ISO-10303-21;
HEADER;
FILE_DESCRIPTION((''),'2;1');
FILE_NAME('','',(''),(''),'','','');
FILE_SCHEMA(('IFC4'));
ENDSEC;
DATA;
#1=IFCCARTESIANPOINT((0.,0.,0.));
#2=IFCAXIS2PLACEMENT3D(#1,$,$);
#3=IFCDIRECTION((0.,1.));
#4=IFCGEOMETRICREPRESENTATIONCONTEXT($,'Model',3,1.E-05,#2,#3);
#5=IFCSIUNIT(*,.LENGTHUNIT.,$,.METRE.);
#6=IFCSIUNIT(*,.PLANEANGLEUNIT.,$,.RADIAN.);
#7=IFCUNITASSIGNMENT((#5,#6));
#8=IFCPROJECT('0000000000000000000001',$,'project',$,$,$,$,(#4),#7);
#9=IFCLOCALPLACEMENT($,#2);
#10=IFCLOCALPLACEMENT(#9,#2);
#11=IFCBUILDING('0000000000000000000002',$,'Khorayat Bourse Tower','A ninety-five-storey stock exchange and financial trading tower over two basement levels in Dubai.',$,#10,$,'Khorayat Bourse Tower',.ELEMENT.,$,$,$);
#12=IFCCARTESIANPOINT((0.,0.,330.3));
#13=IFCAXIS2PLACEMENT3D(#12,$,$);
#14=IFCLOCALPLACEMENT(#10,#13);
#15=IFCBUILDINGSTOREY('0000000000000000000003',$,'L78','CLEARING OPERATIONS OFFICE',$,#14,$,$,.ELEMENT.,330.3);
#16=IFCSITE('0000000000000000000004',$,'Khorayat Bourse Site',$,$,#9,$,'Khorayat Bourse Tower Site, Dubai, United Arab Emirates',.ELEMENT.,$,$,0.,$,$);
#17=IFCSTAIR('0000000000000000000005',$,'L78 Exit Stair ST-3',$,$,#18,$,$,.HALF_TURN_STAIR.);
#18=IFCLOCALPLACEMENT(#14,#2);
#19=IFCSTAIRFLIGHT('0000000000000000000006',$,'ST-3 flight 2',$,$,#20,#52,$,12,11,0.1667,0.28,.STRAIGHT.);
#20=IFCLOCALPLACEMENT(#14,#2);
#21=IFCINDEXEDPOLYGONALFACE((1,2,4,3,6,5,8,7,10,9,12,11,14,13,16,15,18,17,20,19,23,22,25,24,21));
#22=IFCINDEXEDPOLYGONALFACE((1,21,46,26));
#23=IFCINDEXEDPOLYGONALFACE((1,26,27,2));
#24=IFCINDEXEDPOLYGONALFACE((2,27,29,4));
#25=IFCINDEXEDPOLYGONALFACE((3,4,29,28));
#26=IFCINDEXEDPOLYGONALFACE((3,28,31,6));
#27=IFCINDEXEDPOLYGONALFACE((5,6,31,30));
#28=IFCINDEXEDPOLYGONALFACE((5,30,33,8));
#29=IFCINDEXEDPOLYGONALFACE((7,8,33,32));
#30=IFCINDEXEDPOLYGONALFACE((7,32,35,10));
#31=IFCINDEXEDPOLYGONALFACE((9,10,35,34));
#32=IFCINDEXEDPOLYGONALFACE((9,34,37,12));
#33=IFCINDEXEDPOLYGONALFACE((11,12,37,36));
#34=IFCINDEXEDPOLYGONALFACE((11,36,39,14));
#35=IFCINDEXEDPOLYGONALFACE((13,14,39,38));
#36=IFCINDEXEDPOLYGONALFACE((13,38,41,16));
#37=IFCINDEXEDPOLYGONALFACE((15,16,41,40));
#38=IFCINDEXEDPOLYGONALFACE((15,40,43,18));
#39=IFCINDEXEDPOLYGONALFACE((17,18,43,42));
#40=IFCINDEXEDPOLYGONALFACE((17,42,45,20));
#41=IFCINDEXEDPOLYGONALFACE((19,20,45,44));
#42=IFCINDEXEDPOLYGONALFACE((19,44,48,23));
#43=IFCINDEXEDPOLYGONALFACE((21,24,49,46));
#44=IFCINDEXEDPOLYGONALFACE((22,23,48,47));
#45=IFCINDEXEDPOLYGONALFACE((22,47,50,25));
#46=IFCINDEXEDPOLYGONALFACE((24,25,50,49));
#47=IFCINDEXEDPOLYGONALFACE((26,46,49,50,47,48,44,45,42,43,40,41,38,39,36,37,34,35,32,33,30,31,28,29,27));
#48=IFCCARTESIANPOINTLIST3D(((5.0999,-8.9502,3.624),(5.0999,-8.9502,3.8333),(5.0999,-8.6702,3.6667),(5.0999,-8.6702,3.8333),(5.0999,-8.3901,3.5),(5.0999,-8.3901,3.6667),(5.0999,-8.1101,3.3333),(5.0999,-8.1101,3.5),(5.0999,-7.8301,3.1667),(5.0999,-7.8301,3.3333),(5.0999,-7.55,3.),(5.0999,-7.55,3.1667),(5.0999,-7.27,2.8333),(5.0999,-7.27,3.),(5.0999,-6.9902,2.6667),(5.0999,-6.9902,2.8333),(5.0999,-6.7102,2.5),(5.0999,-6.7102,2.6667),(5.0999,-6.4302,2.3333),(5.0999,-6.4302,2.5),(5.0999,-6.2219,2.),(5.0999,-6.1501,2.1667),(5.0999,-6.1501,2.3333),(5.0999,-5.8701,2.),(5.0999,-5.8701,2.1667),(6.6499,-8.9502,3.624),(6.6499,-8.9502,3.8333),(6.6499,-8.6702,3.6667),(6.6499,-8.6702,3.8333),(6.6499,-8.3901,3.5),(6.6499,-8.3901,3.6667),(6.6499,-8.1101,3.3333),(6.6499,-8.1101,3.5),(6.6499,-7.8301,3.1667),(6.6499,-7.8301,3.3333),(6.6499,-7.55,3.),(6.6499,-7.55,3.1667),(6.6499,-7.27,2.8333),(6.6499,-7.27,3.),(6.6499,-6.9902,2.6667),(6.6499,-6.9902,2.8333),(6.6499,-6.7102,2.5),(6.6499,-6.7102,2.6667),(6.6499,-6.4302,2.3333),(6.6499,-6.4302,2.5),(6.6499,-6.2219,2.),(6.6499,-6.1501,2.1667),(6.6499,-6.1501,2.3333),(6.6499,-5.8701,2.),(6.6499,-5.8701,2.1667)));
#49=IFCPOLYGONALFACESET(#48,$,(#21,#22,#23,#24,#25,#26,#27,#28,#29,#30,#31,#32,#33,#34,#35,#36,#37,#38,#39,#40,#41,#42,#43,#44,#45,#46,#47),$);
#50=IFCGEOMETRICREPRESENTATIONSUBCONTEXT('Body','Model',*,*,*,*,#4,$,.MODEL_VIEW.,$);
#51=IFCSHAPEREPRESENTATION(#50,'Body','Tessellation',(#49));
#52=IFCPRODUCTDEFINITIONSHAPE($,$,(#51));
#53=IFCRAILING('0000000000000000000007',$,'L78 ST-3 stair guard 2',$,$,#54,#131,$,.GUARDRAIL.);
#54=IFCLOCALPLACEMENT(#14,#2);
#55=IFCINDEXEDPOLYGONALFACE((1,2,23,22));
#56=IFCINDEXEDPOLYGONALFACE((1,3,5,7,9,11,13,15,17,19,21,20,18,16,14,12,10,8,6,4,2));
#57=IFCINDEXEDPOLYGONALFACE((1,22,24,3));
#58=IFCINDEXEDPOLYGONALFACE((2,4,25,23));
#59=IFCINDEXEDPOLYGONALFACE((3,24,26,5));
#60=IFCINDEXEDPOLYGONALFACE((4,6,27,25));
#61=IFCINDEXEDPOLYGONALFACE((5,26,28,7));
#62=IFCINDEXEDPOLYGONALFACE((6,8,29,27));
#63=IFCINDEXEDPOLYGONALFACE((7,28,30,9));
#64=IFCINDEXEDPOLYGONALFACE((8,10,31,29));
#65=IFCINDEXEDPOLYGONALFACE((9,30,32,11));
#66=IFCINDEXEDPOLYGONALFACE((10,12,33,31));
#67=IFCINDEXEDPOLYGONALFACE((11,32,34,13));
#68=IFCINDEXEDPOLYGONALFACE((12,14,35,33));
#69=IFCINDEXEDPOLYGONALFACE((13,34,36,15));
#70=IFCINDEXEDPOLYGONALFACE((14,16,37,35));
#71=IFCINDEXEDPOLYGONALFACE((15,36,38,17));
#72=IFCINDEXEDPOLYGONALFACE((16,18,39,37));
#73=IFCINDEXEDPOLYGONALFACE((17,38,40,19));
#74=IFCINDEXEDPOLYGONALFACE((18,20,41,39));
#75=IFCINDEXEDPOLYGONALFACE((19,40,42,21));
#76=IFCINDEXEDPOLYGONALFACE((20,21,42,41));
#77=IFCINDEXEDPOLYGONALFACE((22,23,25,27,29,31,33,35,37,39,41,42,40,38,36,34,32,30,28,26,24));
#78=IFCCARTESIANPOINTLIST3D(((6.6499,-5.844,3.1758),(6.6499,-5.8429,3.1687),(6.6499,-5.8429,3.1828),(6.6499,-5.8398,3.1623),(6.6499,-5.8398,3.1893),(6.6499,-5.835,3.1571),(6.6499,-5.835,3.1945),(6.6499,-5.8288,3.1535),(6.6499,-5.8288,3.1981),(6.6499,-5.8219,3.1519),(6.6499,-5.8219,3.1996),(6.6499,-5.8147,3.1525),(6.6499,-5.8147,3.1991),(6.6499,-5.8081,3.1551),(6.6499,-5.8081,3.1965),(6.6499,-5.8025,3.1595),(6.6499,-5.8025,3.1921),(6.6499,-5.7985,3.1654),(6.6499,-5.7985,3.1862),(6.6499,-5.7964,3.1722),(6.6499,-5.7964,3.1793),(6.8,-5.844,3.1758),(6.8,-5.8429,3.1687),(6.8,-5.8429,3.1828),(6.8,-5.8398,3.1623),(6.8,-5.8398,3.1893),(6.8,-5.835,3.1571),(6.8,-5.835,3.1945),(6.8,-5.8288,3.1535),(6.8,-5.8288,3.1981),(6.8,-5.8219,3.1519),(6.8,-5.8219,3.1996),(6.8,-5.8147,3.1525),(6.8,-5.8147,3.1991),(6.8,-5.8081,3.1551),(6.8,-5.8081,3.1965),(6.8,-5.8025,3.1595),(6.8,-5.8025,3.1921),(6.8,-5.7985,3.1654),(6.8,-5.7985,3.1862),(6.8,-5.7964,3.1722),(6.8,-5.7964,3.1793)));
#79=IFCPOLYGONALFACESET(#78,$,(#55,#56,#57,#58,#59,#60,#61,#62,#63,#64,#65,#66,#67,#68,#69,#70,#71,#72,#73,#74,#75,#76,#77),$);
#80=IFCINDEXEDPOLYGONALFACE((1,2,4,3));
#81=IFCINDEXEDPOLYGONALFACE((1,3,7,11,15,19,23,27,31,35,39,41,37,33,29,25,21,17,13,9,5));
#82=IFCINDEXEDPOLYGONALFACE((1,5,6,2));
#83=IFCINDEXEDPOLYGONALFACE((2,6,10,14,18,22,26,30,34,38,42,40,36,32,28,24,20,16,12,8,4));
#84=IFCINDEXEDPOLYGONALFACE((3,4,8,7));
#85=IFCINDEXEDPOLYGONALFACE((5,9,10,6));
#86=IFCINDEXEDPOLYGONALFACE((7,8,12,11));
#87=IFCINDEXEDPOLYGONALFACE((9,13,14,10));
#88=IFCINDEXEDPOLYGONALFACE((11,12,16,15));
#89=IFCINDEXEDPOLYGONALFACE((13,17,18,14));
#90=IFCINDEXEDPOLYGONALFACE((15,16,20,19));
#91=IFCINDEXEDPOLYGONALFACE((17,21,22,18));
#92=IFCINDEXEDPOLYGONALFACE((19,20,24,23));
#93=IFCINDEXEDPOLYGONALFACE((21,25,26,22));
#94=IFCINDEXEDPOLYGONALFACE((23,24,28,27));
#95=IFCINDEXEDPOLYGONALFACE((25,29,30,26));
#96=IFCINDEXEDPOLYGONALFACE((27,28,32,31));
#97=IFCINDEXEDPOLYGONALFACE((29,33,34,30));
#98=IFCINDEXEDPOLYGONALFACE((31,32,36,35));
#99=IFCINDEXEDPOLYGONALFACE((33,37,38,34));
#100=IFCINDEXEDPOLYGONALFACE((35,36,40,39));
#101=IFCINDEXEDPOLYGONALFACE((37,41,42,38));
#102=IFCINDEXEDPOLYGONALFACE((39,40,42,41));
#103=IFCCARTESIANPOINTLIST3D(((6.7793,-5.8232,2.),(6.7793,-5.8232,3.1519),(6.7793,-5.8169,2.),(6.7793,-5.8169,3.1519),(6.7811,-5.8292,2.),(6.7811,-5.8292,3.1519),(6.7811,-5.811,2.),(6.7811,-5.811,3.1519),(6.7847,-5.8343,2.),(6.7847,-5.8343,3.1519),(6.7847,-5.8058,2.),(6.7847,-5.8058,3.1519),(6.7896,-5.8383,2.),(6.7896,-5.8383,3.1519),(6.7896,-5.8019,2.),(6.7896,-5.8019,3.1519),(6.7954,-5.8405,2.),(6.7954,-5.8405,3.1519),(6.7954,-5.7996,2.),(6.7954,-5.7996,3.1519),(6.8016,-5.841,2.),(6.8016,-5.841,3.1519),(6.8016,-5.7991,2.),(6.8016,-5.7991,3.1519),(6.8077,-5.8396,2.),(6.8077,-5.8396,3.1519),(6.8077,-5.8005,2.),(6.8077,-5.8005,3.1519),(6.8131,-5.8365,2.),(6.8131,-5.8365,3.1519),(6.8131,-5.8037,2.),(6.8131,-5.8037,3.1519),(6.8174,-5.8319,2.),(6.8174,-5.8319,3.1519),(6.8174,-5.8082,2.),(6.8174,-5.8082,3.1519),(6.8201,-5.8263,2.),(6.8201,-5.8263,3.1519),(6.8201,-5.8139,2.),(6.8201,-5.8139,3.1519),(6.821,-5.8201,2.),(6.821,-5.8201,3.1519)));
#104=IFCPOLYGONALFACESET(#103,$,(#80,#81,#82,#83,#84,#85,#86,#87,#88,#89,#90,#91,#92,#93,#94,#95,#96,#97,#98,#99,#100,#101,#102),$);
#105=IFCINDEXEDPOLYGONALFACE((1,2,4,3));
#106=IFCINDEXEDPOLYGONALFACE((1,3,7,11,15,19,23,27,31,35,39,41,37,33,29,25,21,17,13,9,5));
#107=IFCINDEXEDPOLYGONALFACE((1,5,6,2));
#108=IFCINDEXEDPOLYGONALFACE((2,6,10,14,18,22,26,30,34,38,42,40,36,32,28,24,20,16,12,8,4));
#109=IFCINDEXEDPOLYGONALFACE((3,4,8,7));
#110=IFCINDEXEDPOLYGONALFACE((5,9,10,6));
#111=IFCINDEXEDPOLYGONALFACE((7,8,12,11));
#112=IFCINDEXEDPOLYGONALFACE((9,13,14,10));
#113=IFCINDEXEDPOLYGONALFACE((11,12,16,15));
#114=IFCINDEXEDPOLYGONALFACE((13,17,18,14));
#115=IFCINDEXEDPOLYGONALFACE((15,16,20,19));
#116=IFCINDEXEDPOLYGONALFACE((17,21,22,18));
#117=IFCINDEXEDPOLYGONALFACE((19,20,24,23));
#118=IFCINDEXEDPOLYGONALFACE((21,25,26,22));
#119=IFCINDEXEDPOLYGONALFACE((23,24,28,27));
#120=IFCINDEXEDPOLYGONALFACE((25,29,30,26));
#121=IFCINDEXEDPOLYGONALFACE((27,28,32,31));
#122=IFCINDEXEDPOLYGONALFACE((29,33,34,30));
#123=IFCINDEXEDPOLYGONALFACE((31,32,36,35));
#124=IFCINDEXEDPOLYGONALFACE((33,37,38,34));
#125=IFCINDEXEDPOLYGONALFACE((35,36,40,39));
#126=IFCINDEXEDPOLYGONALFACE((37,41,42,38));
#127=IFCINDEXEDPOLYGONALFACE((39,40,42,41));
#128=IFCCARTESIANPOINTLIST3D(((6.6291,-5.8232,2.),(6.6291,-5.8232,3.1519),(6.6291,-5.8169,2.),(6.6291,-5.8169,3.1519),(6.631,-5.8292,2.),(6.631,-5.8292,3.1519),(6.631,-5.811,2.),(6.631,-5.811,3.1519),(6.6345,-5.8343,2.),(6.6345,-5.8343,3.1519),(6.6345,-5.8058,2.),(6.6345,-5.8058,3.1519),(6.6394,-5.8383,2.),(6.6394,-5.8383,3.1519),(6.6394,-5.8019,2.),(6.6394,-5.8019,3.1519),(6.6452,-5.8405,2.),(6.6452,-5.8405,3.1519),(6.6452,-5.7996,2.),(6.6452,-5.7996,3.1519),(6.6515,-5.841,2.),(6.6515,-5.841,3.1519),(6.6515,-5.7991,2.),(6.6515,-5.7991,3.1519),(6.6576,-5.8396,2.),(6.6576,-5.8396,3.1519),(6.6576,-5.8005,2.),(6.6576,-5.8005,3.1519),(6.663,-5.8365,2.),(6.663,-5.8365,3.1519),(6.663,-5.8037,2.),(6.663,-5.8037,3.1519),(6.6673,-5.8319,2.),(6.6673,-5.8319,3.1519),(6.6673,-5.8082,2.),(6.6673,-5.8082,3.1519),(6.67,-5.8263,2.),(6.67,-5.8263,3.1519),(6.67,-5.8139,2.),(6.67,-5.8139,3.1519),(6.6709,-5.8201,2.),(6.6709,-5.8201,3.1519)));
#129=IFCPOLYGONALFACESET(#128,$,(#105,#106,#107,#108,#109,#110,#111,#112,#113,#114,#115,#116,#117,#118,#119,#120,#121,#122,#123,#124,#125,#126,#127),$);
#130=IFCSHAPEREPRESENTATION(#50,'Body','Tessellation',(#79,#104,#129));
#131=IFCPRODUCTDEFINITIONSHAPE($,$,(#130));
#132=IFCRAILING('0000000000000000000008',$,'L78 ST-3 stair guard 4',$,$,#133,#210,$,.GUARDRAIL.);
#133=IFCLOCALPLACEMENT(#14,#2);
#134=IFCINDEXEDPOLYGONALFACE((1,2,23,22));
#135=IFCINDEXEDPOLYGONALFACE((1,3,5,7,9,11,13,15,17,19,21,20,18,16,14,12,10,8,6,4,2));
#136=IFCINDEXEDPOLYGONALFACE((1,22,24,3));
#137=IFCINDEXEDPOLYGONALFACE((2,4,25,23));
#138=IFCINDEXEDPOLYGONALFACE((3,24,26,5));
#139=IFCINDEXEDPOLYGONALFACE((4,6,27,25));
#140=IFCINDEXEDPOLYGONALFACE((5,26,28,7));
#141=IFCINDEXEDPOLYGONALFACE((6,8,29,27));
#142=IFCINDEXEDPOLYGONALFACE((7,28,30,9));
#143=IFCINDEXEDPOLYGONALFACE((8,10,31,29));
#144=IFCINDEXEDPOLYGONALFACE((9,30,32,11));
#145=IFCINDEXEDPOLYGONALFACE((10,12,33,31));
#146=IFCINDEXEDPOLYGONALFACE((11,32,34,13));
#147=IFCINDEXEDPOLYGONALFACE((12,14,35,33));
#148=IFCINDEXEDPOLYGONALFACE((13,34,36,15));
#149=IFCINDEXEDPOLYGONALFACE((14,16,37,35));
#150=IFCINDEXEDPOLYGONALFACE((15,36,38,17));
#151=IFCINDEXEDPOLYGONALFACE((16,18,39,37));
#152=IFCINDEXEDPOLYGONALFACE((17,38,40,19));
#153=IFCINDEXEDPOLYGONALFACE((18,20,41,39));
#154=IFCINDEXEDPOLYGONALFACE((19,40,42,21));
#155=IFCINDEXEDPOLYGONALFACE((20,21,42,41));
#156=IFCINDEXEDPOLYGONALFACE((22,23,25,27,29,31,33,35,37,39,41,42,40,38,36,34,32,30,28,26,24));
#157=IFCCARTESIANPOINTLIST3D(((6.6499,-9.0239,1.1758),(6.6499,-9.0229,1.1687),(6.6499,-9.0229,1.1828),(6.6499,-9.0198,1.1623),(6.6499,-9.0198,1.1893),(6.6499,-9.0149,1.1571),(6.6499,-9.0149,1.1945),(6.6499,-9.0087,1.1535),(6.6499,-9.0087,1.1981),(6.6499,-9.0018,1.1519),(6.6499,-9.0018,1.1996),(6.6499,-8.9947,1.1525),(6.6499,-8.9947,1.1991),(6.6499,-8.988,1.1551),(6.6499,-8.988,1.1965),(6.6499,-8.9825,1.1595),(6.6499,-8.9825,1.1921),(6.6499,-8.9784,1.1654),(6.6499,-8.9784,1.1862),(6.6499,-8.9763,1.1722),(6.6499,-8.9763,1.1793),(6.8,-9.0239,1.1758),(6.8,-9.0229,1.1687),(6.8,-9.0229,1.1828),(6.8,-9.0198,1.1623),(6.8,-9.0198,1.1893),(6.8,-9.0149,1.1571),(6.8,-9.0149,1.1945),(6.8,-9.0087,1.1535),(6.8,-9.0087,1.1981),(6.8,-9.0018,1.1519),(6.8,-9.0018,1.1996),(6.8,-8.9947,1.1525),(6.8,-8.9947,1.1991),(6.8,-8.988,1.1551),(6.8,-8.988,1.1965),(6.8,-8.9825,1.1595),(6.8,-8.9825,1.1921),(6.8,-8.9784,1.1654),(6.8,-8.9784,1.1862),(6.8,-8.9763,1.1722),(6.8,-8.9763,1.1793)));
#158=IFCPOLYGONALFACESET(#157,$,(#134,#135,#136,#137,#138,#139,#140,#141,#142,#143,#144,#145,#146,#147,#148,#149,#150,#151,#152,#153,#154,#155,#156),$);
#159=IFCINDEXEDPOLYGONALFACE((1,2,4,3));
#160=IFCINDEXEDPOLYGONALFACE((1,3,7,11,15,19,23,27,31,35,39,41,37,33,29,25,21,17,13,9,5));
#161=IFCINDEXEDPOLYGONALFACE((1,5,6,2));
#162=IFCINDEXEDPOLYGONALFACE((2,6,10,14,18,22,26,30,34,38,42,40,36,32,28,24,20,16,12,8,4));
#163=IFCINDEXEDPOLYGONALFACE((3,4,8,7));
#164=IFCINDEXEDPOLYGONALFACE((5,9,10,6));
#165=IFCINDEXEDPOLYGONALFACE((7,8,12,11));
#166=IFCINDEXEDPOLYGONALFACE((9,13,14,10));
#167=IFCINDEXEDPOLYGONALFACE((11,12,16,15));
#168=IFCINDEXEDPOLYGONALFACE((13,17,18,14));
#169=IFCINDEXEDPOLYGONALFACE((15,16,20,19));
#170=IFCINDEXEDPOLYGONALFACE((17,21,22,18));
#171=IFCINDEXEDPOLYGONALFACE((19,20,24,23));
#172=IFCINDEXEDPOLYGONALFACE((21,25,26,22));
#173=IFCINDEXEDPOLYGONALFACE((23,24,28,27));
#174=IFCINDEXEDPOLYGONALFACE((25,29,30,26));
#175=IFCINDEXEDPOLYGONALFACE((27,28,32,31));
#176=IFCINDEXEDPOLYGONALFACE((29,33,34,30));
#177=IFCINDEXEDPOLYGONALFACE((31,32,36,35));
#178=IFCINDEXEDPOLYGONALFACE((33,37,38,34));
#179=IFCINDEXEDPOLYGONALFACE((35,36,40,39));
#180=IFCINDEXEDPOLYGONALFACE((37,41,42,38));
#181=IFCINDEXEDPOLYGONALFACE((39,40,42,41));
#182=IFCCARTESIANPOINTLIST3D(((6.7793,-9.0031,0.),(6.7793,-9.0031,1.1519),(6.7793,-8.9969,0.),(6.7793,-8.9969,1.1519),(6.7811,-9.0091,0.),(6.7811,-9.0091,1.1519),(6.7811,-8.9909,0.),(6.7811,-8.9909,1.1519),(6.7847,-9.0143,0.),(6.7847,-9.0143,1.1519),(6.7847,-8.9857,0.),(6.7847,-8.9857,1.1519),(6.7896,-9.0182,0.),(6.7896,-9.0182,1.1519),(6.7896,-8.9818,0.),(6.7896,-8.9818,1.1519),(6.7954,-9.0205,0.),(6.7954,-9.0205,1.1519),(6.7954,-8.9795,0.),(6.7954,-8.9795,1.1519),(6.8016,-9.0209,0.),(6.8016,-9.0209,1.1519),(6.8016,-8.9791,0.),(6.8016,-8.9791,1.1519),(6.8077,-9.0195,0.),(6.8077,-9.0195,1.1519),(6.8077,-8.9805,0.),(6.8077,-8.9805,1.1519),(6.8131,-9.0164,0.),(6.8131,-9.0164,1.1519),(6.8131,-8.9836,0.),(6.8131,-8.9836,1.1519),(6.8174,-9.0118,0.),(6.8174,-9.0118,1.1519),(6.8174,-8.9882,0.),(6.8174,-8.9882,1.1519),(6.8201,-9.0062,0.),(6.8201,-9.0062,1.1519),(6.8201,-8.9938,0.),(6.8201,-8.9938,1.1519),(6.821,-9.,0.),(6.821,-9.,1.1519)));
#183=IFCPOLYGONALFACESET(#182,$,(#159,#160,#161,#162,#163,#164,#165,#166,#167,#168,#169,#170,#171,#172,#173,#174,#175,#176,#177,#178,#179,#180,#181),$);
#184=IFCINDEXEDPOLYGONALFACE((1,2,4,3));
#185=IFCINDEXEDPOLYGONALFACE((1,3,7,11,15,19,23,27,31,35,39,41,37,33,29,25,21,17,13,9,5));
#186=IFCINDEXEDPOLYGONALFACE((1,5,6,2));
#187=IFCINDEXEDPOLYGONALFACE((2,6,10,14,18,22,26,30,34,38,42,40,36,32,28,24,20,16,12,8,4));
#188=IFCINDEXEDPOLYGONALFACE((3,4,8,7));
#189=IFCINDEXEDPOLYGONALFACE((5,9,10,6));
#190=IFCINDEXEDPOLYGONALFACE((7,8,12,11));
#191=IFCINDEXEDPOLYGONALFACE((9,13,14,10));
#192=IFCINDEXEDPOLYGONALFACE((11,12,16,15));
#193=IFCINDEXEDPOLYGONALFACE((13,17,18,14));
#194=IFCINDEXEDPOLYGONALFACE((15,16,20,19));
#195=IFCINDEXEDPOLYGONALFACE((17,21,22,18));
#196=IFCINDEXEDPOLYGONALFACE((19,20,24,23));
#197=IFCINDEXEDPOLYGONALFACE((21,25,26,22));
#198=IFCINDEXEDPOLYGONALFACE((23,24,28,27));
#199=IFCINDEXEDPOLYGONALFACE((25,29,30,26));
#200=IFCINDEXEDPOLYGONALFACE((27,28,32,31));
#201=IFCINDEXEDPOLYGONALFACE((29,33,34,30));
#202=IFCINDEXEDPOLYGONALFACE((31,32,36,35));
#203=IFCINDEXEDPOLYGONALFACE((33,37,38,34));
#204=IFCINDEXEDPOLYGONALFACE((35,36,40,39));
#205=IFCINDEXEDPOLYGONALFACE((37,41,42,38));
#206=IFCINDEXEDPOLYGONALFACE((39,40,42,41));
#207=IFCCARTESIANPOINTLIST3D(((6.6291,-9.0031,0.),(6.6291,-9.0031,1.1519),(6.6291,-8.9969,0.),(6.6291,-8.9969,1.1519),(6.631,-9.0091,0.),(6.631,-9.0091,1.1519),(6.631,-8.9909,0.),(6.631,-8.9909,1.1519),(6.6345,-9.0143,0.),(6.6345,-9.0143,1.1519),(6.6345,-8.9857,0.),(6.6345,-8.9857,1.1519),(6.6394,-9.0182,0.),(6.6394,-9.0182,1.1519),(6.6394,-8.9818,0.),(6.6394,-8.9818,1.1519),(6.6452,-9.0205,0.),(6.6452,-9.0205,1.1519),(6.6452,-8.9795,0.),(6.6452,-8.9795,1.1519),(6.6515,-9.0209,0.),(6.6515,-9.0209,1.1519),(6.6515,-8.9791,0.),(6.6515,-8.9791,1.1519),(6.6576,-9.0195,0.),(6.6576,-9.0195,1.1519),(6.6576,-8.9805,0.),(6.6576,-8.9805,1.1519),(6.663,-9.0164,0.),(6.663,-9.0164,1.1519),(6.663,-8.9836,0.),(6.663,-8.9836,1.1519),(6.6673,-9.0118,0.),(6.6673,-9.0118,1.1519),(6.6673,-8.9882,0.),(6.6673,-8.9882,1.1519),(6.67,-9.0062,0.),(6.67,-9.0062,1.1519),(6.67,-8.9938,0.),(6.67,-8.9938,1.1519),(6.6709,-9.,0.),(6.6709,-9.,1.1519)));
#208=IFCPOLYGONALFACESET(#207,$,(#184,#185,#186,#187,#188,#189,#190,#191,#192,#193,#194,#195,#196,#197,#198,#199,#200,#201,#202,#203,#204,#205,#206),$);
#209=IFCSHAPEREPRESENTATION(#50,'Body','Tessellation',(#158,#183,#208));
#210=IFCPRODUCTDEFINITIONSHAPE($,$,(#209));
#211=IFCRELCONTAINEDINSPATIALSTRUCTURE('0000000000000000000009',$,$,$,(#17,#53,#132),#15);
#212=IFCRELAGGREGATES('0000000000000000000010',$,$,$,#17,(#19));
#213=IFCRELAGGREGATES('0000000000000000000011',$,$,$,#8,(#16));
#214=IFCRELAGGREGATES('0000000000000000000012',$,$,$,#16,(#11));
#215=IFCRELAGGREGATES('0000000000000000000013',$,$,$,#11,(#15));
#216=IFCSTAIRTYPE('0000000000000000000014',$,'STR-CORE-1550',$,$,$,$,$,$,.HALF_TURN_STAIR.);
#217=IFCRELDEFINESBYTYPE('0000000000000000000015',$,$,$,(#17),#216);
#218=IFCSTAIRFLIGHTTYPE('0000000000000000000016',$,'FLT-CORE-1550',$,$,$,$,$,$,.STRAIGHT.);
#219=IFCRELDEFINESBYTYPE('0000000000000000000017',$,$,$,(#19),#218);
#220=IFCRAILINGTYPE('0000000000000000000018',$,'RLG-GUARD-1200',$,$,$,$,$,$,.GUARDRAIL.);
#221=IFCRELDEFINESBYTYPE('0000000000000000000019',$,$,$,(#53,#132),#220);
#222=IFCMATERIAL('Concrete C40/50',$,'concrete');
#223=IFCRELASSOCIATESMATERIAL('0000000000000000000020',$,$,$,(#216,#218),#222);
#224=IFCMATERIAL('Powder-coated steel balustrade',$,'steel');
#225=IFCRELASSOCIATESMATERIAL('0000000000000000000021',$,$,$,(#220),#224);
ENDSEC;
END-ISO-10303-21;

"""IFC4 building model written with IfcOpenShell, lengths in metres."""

from ifc_helpers import new_model, si_unit, direction, frame, origin, origin_2d, place, context, subcontext, project, spatial, polyline, circle, outline, extrude, source, transform, mapped, material, type_object, element, aggregate, save


model = new_model("IFC4")

# Units and contexts
model_context = context("Model", 3, precision=1e-05, world=origin(), true_north=direction((0.0, 1.0)))
body_context = subcontext(model_context, "Body", "Model", "MODEL_VIEW")
ifc_project = project(units=[si_unit("LENGTHUNIT", "METRE"), si_unit("PLANEANGLEUNIT", "RADIAN")], contexts=[model_context])

# Site, building, storey
site_placement = place(None, origin())
site = spatial("IfcSite", under=ifc_project, at=site_placement, Name="Khorayat Bourse Site", LongName="Khorayat Bourse Tower Site, Dubai, United Arab Emirates", CompositionType="ELEMENT", RefElevation=0.0)
building_placement = place(site_placement, origin())
building = spatial("IfcBuilding", under=site, at=building_placement, Name="Khorayat Bourse Tower", Description="A ninety-five-storey stock exchange and financial trading tower over two basement levels in Dubai.", LongName="Khorayat Bourse Tower", CompositionType="ELEMENT")
storey_placement = place(building_placement, frame((0.0, 0.0, 330.3)))
storey = spatial("IfcBuildingStorey", under=building, at=storey_placement, Name="L78", Description="CLEARING OPERATIONS OFFICE", CompositionType="ELEMENT", Elevation=330.3)

# Stair, stair flight
ifc_material_1 = material(Name="Concrete C40/50", Category="concrete")
stair_type = type_object("IfcStairType", Name="STR-CORE-1550", PredefinedType="HALF_TURN_STAIR", material=ifc_material_1)
stair_placement = place(storey_placement, origin())
stair = element("IfcStair", 1, at=stair_placement, inside=storey, type_object=stair_type, Name="L78 Exit Stair ST-3", PredefinedType="HALF_TURN_STAIR")
stair_flight_type = type_object("IfcStairFlightType", Name="FLT-CORE-1550", PredefinedType="STRAIGHT", material=ifc_material_1)
shared_shape_1 = source(origin(), body_context, "Body", "SweptSolid", [
    extrude(outline(polyline([(0.0, 0.0), (0.0, 0.1667), (0.28, 0.1667), (0.28, 0.3333), (0.5601, 0.3333), (0.5601, 0.5), (0.8401, 0.5), (0.8401, 0.6667), (1.1201, 0.6667), (1.1201, 0.8333), (1.3999, 0.8333), (1.3999, 1.0), (1.6799, 1.0), (1.6799, 1.1667), (1.96, 1.1667), (1.96, 1.3333), (2.24, 1.3333), (2.24, 1.5), (2.52, 1.5), (2.52, 1.6667), (2.8, 1.6667), (2.8, 1.8333), (3.0801, 1.8333), (3.0801, 2.0), (3.0801, 1.624), (0.3518, 0.0), (0.0, 0.0)])), frame((0.0, 0.7749, 0.0), z_axis=(0.0, -1.0, 0.0), x_axis=(1.0, 0.0, 0.0)), (0.0, 0.0, 1.0), 1.55),
])
stair_flight_1_placement = place(storey_placement, frame((5.875, -5.8701, 2.0), z_axis=(0.0, 0.0, 1.0), x_axis=(0.0, -1.0, 0.0)))
stair_flight_1 = element("IfcStairFlight", 2, at=stair_flight_1_placement, type_object=stair_flight_type, Name="ST-3 flight 2", NumberOfRisers=12, NumberOfTreads=11, PredefinedType="STRAIGHT", RiserHeight=0.1667, TreadLength=0.28, context=body_context, shape_type="MappedRepresentation", body=[
    mapped(shared_shape_1, transform((0.0, 0.0, 0.0), scale=1.0)),
])
aggregate(stair, [stair_flight_1])

# Railings
ifc_material_2 = material(Name="Powder-coated steel balustrade", Category="steel")
railing_type_1 = type_object("IfcRailingType", Name="RLG-GUARD-1200", PredefinedType="GUARDRAIL", material=ifc_material_2)
shared_shape_2 = source(origin(), body_context, "Body", "SweptSolid", [
    extrude(circle(Radius=0.0239, at=origin_2d()), frame((0.0, 0.0, 1.1758), z_axis=(-1.0, 0.0, 0.0), x_axis=(0.0, -1.0, 0.0)), (0.0, 0.0, 1.0), 0.1501),
    extrude(circle(Radius=0.021, at=origin_2d()), origin(), (0.0, 0.0, 1.0), 1.1519),
    extrude(circle(Radius=0.021, at=origin_2d()), frame((-0.1501, 0.0, 0.0)), (0.0, 0.0, 1.0), 1.1519),
])
for number, where, name in (
    (3, (6.8, -5.8201, 2.0), "L78 ST-3 stair guard 2"),
    (4, (6.8, -9.0, 0.0), "L78 ST-3 stair guard 4"),
):
    element("IfcRailing", number, at=place(storey_placement, frame(where)), inside=storey, type_object=railing_type_1, Name=name, PredefinedType="GUARDRAIL", context=body_context, shape_type="MappedRepresentation", body=[
        mapped(shared_shape_2, transform((0.0, 0.0, 0.0), scale=1.0)),
    ])

save(model, "model.ifc")
